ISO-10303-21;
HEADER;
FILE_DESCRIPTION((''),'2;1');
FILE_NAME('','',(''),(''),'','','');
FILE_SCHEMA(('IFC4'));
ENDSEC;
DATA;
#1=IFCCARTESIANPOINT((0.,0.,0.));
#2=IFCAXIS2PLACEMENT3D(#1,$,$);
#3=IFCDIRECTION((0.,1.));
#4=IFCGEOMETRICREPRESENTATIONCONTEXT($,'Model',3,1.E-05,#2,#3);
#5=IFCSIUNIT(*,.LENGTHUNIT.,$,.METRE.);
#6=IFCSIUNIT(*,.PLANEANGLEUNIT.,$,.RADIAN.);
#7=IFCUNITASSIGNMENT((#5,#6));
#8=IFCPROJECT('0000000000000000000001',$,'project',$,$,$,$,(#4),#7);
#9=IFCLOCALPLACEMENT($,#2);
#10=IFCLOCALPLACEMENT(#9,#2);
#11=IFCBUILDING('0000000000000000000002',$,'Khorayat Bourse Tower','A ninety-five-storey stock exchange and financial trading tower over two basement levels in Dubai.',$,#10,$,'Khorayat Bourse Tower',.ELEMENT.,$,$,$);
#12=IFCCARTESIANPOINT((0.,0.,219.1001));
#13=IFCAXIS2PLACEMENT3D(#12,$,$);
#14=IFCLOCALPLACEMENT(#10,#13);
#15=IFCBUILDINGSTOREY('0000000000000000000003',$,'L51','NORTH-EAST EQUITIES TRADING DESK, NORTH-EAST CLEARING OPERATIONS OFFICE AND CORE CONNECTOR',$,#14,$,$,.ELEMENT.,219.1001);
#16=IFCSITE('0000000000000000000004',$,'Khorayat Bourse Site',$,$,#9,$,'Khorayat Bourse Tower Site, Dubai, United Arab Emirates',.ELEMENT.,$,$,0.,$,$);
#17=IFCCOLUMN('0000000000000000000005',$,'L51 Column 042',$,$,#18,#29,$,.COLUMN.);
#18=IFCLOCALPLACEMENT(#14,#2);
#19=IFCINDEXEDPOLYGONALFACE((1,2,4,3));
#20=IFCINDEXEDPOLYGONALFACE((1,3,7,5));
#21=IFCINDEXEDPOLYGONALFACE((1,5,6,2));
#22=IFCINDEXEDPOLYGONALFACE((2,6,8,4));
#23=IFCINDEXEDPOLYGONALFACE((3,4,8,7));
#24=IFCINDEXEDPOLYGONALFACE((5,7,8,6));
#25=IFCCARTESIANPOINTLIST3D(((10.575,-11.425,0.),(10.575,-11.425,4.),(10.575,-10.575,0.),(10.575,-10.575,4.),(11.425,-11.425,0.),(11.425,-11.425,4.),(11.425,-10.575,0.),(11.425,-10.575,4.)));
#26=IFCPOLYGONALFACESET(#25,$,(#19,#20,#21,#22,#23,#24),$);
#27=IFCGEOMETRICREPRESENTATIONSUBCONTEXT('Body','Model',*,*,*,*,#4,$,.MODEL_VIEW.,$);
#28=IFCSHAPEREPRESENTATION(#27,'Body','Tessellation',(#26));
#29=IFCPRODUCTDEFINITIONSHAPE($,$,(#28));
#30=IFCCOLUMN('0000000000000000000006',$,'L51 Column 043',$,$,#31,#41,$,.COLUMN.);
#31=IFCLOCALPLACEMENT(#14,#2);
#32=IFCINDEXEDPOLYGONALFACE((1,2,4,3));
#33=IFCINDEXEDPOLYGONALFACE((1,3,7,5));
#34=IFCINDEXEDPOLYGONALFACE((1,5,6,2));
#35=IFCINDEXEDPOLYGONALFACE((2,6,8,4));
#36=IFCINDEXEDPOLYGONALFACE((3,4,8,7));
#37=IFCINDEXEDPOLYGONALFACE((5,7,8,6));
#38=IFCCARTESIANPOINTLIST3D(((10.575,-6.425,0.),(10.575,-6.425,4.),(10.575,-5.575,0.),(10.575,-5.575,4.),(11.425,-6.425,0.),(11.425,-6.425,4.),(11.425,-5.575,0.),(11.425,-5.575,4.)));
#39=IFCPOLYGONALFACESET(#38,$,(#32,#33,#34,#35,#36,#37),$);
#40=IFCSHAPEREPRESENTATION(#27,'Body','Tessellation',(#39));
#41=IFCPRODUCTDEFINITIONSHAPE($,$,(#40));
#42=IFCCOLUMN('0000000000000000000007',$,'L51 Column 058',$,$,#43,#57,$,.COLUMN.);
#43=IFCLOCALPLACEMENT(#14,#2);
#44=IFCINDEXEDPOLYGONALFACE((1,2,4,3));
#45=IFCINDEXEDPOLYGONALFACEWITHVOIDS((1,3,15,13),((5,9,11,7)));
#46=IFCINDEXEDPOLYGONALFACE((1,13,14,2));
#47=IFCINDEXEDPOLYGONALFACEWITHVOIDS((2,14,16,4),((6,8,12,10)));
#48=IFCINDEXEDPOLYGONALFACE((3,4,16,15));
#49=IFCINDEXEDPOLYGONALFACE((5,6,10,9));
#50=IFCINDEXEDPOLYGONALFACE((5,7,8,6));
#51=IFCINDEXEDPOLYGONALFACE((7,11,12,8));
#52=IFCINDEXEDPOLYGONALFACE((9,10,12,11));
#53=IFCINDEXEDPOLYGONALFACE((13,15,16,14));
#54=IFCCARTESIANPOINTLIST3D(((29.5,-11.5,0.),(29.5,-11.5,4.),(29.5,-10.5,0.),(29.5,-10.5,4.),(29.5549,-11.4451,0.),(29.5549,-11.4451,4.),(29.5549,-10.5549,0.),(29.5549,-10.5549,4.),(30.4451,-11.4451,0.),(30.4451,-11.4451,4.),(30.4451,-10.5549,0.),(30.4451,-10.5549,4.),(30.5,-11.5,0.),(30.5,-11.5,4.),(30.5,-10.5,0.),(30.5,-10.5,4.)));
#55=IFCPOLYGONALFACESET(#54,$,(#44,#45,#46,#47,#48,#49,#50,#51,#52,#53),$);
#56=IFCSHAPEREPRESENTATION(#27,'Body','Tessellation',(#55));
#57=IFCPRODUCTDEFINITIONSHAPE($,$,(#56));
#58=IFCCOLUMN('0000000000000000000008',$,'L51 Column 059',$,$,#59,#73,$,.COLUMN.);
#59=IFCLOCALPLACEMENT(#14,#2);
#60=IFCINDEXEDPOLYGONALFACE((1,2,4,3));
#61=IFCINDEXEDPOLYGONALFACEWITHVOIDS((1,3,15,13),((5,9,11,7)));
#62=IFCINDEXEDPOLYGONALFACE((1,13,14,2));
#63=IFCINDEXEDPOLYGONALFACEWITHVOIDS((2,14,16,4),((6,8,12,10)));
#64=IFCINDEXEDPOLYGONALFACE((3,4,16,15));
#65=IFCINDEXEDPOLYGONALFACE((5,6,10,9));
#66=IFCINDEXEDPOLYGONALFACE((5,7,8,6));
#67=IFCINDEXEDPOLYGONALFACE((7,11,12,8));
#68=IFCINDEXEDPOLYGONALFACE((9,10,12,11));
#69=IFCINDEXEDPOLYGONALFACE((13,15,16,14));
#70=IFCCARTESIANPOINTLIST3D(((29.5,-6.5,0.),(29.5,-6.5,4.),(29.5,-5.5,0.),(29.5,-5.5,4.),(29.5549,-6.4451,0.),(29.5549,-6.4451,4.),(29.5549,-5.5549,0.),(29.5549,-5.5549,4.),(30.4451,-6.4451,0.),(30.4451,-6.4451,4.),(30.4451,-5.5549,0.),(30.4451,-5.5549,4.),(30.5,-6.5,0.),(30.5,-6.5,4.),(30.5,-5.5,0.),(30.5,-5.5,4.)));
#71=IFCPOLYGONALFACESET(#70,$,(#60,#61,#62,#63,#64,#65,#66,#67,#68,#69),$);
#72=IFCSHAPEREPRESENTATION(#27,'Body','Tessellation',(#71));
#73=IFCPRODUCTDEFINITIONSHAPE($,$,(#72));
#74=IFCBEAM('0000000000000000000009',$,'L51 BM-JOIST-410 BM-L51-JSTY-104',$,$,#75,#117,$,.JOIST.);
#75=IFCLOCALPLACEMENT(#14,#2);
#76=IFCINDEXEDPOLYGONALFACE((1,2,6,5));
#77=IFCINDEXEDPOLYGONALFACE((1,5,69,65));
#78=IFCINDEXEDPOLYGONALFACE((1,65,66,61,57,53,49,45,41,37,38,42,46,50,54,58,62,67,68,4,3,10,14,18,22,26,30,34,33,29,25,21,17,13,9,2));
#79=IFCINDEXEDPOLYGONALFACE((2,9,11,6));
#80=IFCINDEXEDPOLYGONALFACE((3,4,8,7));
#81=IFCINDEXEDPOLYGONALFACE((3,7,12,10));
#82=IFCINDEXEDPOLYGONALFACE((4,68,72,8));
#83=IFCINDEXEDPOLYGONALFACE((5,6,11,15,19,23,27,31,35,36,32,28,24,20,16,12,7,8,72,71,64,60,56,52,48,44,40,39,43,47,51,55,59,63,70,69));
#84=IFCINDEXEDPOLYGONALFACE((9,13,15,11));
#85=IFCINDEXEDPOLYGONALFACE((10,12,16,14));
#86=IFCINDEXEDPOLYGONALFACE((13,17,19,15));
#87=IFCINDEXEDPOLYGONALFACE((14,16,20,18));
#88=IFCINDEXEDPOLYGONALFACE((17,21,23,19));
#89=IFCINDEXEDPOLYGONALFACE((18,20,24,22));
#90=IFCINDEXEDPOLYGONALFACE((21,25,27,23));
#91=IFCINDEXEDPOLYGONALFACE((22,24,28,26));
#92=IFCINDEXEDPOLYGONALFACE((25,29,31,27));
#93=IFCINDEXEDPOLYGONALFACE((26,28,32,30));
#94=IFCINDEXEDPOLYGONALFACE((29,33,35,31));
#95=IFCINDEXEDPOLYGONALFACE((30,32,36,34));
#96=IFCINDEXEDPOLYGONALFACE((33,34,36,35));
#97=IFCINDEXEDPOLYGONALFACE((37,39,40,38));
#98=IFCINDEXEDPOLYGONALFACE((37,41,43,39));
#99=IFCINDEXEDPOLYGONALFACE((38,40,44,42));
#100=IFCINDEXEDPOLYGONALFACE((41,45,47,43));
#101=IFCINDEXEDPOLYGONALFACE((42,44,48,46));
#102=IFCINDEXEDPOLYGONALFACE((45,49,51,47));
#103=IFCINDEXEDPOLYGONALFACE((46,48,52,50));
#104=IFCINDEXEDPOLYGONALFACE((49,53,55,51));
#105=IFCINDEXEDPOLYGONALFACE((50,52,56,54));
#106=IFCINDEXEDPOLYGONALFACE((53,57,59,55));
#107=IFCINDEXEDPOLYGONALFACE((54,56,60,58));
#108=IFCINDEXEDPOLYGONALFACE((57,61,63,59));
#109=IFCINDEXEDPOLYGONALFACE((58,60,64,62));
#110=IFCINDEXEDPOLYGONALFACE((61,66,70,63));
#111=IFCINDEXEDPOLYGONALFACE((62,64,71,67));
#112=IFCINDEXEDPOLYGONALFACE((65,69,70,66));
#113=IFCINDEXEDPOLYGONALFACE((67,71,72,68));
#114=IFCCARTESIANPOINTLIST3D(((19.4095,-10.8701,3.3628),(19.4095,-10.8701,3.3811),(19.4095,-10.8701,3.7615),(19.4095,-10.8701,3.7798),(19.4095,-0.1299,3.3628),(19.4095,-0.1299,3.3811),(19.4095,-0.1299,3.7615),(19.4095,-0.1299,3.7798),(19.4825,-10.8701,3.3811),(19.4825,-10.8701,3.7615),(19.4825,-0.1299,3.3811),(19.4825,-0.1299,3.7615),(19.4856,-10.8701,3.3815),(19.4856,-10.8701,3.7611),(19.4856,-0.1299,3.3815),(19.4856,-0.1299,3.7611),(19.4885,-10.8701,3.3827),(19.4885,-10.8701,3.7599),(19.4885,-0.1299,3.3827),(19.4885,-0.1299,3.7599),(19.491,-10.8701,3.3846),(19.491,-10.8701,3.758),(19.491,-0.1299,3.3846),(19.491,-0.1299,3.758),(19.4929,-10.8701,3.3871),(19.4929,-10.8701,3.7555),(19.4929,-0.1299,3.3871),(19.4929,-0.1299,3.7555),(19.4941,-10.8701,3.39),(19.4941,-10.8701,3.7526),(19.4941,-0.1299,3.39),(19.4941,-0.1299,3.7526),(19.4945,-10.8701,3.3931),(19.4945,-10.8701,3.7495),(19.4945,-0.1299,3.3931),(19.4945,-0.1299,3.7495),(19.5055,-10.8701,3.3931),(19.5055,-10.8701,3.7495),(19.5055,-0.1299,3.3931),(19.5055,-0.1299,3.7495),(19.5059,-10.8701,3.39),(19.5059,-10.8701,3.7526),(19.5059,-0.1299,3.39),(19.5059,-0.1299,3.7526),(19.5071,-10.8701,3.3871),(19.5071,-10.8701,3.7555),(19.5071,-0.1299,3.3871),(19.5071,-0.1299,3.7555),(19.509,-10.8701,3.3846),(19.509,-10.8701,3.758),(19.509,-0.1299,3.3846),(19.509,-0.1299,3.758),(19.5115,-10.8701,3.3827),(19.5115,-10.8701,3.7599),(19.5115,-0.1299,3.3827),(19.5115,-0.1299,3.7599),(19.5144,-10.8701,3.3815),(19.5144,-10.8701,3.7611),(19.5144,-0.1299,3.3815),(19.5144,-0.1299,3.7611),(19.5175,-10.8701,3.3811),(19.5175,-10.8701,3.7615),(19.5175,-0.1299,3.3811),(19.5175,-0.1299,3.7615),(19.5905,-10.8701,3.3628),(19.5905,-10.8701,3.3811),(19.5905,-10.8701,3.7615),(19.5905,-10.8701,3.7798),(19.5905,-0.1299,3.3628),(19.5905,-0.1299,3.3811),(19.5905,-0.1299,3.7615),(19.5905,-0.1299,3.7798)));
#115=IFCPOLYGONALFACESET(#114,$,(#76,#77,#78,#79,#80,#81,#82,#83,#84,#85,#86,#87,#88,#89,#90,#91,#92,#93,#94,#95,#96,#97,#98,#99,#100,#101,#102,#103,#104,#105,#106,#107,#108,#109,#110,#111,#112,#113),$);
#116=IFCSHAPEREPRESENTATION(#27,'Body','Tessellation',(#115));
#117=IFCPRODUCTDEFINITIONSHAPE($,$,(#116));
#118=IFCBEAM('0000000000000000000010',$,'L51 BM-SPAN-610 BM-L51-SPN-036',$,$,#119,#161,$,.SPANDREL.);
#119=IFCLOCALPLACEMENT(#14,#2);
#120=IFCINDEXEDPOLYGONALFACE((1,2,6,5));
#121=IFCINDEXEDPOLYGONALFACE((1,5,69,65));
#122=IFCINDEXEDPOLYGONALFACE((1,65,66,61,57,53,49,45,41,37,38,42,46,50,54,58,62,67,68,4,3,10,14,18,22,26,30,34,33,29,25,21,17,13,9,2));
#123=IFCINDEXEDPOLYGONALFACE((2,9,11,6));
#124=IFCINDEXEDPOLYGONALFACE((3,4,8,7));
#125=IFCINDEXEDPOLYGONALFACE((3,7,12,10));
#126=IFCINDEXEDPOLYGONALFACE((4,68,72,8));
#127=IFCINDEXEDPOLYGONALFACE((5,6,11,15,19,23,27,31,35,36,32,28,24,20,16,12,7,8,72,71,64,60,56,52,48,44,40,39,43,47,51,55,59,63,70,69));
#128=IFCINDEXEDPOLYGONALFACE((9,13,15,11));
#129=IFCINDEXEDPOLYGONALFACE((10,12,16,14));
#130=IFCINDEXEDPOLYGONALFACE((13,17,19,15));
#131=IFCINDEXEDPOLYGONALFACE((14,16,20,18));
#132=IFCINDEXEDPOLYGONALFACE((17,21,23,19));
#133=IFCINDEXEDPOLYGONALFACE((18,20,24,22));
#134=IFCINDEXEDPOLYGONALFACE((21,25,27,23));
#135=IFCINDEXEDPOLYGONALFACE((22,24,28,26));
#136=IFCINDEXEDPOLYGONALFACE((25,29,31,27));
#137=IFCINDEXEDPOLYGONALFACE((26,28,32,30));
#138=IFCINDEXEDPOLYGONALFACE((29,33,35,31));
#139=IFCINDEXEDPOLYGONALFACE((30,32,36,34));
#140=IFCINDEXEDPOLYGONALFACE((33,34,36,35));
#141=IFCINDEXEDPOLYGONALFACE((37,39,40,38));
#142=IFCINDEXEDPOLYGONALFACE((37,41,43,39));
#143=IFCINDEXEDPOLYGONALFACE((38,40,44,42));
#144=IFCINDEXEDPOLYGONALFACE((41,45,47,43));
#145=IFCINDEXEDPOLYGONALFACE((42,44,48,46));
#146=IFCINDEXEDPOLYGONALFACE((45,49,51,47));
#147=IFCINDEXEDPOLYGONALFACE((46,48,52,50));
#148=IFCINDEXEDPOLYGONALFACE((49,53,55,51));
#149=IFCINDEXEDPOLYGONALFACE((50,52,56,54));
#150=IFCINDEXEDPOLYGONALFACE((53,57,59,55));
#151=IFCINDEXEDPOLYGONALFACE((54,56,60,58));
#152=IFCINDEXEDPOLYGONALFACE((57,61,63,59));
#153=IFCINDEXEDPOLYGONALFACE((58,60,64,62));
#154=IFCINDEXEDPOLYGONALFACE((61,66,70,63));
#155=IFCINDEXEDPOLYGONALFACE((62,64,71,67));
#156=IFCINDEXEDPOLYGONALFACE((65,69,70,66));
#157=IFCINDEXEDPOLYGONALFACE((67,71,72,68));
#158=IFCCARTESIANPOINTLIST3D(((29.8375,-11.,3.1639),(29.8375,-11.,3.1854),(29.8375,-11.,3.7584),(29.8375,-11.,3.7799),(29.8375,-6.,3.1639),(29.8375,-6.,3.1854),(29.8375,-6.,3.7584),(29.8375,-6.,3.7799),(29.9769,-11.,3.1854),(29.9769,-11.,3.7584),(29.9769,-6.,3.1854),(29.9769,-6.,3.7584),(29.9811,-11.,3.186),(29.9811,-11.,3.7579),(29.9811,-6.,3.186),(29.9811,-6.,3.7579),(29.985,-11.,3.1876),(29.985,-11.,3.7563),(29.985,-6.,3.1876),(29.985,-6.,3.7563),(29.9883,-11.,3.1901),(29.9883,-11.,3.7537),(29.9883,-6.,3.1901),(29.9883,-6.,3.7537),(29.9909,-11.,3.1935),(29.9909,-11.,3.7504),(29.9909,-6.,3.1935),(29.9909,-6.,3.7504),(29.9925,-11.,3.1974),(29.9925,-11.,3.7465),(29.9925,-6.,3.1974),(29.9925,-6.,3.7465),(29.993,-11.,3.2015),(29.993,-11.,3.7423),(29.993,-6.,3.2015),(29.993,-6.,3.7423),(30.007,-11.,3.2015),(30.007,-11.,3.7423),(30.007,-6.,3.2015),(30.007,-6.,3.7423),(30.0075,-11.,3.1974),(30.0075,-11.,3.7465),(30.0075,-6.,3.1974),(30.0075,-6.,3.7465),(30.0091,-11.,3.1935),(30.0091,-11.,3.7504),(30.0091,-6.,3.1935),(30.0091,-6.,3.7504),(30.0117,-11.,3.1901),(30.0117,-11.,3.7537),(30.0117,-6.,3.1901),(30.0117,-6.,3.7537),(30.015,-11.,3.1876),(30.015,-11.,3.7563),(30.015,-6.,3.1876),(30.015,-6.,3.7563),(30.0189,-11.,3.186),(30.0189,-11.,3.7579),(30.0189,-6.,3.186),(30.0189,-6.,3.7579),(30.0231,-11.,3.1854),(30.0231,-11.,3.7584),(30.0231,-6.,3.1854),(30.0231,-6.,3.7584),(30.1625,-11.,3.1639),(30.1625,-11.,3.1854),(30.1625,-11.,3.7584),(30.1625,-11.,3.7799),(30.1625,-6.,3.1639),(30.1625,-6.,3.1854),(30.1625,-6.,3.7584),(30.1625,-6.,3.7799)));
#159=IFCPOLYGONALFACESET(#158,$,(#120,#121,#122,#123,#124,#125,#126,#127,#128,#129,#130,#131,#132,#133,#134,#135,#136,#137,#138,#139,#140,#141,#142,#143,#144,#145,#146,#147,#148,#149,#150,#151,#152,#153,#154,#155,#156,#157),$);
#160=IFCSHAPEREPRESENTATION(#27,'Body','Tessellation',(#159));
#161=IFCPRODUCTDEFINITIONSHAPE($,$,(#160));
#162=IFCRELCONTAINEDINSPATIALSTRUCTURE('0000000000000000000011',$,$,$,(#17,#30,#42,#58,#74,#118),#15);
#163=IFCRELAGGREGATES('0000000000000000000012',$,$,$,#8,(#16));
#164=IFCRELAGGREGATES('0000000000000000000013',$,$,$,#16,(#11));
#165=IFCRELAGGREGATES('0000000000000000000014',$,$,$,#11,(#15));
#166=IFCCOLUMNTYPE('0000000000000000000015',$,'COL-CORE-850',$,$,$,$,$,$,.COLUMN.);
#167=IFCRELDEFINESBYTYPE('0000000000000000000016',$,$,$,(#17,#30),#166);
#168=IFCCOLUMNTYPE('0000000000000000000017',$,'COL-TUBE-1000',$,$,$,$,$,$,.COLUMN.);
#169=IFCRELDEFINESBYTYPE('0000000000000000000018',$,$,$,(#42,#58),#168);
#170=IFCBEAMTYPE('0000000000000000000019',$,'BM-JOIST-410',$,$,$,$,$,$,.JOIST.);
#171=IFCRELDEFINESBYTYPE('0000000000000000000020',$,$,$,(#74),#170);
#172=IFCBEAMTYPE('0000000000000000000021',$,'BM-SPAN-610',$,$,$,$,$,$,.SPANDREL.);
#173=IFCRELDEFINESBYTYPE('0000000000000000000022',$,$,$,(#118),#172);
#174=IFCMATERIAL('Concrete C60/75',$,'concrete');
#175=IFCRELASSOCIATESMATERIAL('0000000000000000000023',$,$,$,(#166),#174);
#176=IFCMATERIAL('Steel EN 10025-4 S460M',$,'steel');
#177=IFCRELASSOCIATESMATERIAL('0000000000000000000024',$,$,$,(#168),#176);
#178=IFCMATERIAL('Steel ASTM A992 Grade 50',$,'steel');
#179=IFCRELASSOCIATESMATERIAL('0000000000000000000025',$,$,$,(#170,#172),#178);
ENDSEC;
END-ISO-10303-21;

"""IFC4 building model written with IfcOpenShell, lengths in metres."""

from ifc_helpers import new_model, si_unit, direction, frame, origin, origin_2d, place, context, subcontext, project, spatial, rectangle, hollow_rectangle, i_section, extrude, source, transform, mapped, material, material_profile, profile_set, type_object, element, save


model = new_model("IFC4")

# Units and contexts
model_context = context("Model", 3, precision=1e-05, world=origin(), true_north=direction((0.0, 1.0)))
body_context = subcontext(model_context, "Body", "Model", "MODEL_VIEW")
ifc_project = project(units=[si_unit("LENGTHUNIT", "METRE"), si_unit("PLANEANGLEUNIT", "RADIAN")], contexts=[model_context])

# Site, building, storey
site_placement = place(None, origin())
site = spatial("IfcSite", under=ifc_project, at=site_placement, Name="Khorayat Bourse Site", LongName="Khorayat Bourse Tower Site, Dubai, United Arab Emirates", CompositionType="ELEMENT", RefElevation=0.0)
building_placement = place(site_placement, origin())
building = spatial("IfcBuilding", under=site, at=building_placement, Name="Khorayat Bourse Tower", Description="A ninety-five-storey stock exchange and financial trading tower over two basement levels in Dubai.", LongName="Khorayat Bourse Tower", CompositionType="ELEMENT")
storey_placement = place(building_placement, frame((0.0, 0.0, 219.1001)))
storey = spatial("IfcBuildingStorey", under=building, at=storey_placement, Name="L51", Description="NORTH-EAST EQUITIES TRADING DESK, NORTH-EAST CLEARING OPERATIONS OFFICE AND CORE CONNECTOR", CompositionType="ELEMENT", Elevation=219.1001)

# Columns
ifc_material_1 = material(Name="Concrete C60/75", Category="concrete")
ifc_material_profile_1 = material_profile(ifc_material_1, rectangle(XDim=0.8501, YDim=0.8501, at=origin_2d()), Name="RC 850x850")
ifc_profile_set_1 = profile_set([ifc_material_profile_1], Name="Concrete C60/75")
column_type_1 = type_object("IfcColumnType", Name="COL-CORE-850", PredefinedType="COLUMN", material=ifc_profile_set_1)
shared_shape_1 = source(origin(), body_context, "Body", "SweptSolid", [
    extrude(rectangle(XDim=0.8501, YDim=0.8501, at=origin_2d()), origin(), (0.0, 0.0, 1.0), 4.0),
])
for number, where, z_axis, x_axis, name in (
    (1, (11.0, -11.0, 0.0), (0.0, 0.0, 1.0), (1.0, 0.0, 0.0), "L51 Column 042"),
    (2, (11.0, -6.0, 0.0), (0.0, 0.0, 1.0), (1.0, 0.0, 0.0), "L51 Column 043"),
):
    element("IfcColumn", number, at=place(storey_placement, frame(where, z_axis=z_axis, x_axis=x_axis)), inside=storey, type_object=column_type_1, Name=name, PredefinedType="COLUMN", context=body_context, shape_type="MappedRepresentation", body=[
        mapped(shared_shape_1, transform((0.0, 0.0, 0.0), scale=1.0)),
    ])
ifc_material_2 = material(Name="Steel EN 10025-4 S460M", Category="steel")
ifc_material_profile_2 = material_profile(ifc_material_2, hollow_rectangle(XDim=1.0, YDim=1.0, WallThickness=0.0549, at=origin_2d()), Name="BOX 1000x1000x55")
ifc_profile_set_2 = profile_set([ifc_material_profile_2], Name="Steel EN 10025-4 S460M")
column_type_2 = type_object("IfcColumnType", Name="COL-TUBE-1000", PredefinedType="COLUMN", material=ifc_profile_set_2)
shared_shape_2 = source(origin(), body_context, "Body", "SweptSolid", [
    extrude(hollow_rectangle(XDim=1.0, YDim=1.0, WallThickness=0.0549, at=origin_2d()), origin(), (0.0, 0.0, 1.0), 4.0),
])
for number, where, z_axis, x_axis, name in (
    (3, (30.0, -11.0, 0.0), (0.0, 0.0, 1.0), (1.0, 0.0, 0.0), "L51 Column 058"),
    (4, (30.0, -6.0, 0.0), (0.0, 0.0, 1.0), (1.0, 0.0, 0.0), "L51 Column 059"),
):
    element("IfcColumn", number, at=place(storey_placement, frame(where, z_axis=z_axis, x_axis=x_axis)), inside=storey, type_object=column_type_2, Name=name, PredefinedType="COLUMN", context=body_context, shape_type="MappedRepresentation", body=[
        mapped(shared_shape_2, transform((0.0, 0.0, 0.0), scale=1.0)),
    ])

# Beams
ifc_material_3 = material(Name="Steel ASTM A992 Grade 50", Category="steel")
ifc_material_profile_3 = material_profile(ifc_material_3, i_section(OverallWidth=0.1809, OverallDepth=0.417, WebThickness=0.011, FlangeThickness=0.0183, FilletRadius=0.012, at=origin_2d()), Name="W410X85")
ifc_profile_set_3 = profile_set([ifc_material_profile_3], Name="Steel ASTM A992 Grade 50")
beam_type_1 = type_object("IfcBeamType", Name="BM-JOIST-410", PredefinedType="JOIST", material=ifc_profile_set_3)
shared_shape_3 = source(origin(), body_context, "Body", "SweptSolid", [
    extrude(i_section(OverallWidth=0.1809, OverallDepth=0.417, WebThickness=0.011, FlangeThickness=0.0183, FilletRadius=0.012, at=origin_2d()), origin(), (0.0, 0.0, 1.0), 10.7402),
])
beam_1_placement = place(storey_placement, frame((19.5, -10.8701, 3.5713), z_axis=(0.0, 1.0, 0.0), x_axis=(-1.0, 0.0, 0.0)))
element("IfcBeam", 5, at=beam_1_placement, inside=storey, type_object=beam_type_1, Name="L51 BM-JOIST-410 BM-L51-JSTY-104", PredefinedType="JOIST", context=body_context, shape_type="MappedRepresentation", body=[
    mapped(shared_shape_3, transform((0.0, 0.0, 0.0), scale=1.0)),
])
ifc_material_profile_4 = material_profile(ifc_material_3, i_section(OverallWidth=0.325, OverallDepth=0.616, WebThickness=0.0139, FlangeThickness=0.0215, FilletRadius=0.0161, at=origin_2d()), Name="W610X174")
ifc_profile_set_4 = profile_set([ifc_material_profile_4], Name="Steel ASTM A992 Grade 50")
beam_type_2 = type_object("IfcBeamType", Name="BM-SPAN-610", PredefinedType="SPANDREL", material=ifc_profile_set_4)
shared_shape_4 = source(origin(), body_context, "Body", "SweptSolid", [
    extrude(i_section(OverallWidth=0.325, OverallDepth=0.616, WebThickness=0.0139, FlangeThickness=0.0215, FilletRadius=0.0161, at=origin_2d()), origin(), (0.0, 0.0, 1.0), 5.0),
])
beam_2_placement = place(storey_placement, frame((30.0, -11.0, 3.4719), z_axis=(0.0, 1.0, 0.0), x_axis=(-1.0, 0.0, 0.0)))
element("IfcBeam", 6, at=beam_2_placement, inside=storey, type_object=beam_type_2, Name="L51 BM-SPAN-610 BM-L51-SPN-036", PredefinedType="SPANDREL", context=body_context, shape_type="MappedRepresentation", body=[
    mapped(shared_shape_4, transform((0.0, 0.0, 0.0), scale=1.0)),
])

save(model, "model.ifc")
